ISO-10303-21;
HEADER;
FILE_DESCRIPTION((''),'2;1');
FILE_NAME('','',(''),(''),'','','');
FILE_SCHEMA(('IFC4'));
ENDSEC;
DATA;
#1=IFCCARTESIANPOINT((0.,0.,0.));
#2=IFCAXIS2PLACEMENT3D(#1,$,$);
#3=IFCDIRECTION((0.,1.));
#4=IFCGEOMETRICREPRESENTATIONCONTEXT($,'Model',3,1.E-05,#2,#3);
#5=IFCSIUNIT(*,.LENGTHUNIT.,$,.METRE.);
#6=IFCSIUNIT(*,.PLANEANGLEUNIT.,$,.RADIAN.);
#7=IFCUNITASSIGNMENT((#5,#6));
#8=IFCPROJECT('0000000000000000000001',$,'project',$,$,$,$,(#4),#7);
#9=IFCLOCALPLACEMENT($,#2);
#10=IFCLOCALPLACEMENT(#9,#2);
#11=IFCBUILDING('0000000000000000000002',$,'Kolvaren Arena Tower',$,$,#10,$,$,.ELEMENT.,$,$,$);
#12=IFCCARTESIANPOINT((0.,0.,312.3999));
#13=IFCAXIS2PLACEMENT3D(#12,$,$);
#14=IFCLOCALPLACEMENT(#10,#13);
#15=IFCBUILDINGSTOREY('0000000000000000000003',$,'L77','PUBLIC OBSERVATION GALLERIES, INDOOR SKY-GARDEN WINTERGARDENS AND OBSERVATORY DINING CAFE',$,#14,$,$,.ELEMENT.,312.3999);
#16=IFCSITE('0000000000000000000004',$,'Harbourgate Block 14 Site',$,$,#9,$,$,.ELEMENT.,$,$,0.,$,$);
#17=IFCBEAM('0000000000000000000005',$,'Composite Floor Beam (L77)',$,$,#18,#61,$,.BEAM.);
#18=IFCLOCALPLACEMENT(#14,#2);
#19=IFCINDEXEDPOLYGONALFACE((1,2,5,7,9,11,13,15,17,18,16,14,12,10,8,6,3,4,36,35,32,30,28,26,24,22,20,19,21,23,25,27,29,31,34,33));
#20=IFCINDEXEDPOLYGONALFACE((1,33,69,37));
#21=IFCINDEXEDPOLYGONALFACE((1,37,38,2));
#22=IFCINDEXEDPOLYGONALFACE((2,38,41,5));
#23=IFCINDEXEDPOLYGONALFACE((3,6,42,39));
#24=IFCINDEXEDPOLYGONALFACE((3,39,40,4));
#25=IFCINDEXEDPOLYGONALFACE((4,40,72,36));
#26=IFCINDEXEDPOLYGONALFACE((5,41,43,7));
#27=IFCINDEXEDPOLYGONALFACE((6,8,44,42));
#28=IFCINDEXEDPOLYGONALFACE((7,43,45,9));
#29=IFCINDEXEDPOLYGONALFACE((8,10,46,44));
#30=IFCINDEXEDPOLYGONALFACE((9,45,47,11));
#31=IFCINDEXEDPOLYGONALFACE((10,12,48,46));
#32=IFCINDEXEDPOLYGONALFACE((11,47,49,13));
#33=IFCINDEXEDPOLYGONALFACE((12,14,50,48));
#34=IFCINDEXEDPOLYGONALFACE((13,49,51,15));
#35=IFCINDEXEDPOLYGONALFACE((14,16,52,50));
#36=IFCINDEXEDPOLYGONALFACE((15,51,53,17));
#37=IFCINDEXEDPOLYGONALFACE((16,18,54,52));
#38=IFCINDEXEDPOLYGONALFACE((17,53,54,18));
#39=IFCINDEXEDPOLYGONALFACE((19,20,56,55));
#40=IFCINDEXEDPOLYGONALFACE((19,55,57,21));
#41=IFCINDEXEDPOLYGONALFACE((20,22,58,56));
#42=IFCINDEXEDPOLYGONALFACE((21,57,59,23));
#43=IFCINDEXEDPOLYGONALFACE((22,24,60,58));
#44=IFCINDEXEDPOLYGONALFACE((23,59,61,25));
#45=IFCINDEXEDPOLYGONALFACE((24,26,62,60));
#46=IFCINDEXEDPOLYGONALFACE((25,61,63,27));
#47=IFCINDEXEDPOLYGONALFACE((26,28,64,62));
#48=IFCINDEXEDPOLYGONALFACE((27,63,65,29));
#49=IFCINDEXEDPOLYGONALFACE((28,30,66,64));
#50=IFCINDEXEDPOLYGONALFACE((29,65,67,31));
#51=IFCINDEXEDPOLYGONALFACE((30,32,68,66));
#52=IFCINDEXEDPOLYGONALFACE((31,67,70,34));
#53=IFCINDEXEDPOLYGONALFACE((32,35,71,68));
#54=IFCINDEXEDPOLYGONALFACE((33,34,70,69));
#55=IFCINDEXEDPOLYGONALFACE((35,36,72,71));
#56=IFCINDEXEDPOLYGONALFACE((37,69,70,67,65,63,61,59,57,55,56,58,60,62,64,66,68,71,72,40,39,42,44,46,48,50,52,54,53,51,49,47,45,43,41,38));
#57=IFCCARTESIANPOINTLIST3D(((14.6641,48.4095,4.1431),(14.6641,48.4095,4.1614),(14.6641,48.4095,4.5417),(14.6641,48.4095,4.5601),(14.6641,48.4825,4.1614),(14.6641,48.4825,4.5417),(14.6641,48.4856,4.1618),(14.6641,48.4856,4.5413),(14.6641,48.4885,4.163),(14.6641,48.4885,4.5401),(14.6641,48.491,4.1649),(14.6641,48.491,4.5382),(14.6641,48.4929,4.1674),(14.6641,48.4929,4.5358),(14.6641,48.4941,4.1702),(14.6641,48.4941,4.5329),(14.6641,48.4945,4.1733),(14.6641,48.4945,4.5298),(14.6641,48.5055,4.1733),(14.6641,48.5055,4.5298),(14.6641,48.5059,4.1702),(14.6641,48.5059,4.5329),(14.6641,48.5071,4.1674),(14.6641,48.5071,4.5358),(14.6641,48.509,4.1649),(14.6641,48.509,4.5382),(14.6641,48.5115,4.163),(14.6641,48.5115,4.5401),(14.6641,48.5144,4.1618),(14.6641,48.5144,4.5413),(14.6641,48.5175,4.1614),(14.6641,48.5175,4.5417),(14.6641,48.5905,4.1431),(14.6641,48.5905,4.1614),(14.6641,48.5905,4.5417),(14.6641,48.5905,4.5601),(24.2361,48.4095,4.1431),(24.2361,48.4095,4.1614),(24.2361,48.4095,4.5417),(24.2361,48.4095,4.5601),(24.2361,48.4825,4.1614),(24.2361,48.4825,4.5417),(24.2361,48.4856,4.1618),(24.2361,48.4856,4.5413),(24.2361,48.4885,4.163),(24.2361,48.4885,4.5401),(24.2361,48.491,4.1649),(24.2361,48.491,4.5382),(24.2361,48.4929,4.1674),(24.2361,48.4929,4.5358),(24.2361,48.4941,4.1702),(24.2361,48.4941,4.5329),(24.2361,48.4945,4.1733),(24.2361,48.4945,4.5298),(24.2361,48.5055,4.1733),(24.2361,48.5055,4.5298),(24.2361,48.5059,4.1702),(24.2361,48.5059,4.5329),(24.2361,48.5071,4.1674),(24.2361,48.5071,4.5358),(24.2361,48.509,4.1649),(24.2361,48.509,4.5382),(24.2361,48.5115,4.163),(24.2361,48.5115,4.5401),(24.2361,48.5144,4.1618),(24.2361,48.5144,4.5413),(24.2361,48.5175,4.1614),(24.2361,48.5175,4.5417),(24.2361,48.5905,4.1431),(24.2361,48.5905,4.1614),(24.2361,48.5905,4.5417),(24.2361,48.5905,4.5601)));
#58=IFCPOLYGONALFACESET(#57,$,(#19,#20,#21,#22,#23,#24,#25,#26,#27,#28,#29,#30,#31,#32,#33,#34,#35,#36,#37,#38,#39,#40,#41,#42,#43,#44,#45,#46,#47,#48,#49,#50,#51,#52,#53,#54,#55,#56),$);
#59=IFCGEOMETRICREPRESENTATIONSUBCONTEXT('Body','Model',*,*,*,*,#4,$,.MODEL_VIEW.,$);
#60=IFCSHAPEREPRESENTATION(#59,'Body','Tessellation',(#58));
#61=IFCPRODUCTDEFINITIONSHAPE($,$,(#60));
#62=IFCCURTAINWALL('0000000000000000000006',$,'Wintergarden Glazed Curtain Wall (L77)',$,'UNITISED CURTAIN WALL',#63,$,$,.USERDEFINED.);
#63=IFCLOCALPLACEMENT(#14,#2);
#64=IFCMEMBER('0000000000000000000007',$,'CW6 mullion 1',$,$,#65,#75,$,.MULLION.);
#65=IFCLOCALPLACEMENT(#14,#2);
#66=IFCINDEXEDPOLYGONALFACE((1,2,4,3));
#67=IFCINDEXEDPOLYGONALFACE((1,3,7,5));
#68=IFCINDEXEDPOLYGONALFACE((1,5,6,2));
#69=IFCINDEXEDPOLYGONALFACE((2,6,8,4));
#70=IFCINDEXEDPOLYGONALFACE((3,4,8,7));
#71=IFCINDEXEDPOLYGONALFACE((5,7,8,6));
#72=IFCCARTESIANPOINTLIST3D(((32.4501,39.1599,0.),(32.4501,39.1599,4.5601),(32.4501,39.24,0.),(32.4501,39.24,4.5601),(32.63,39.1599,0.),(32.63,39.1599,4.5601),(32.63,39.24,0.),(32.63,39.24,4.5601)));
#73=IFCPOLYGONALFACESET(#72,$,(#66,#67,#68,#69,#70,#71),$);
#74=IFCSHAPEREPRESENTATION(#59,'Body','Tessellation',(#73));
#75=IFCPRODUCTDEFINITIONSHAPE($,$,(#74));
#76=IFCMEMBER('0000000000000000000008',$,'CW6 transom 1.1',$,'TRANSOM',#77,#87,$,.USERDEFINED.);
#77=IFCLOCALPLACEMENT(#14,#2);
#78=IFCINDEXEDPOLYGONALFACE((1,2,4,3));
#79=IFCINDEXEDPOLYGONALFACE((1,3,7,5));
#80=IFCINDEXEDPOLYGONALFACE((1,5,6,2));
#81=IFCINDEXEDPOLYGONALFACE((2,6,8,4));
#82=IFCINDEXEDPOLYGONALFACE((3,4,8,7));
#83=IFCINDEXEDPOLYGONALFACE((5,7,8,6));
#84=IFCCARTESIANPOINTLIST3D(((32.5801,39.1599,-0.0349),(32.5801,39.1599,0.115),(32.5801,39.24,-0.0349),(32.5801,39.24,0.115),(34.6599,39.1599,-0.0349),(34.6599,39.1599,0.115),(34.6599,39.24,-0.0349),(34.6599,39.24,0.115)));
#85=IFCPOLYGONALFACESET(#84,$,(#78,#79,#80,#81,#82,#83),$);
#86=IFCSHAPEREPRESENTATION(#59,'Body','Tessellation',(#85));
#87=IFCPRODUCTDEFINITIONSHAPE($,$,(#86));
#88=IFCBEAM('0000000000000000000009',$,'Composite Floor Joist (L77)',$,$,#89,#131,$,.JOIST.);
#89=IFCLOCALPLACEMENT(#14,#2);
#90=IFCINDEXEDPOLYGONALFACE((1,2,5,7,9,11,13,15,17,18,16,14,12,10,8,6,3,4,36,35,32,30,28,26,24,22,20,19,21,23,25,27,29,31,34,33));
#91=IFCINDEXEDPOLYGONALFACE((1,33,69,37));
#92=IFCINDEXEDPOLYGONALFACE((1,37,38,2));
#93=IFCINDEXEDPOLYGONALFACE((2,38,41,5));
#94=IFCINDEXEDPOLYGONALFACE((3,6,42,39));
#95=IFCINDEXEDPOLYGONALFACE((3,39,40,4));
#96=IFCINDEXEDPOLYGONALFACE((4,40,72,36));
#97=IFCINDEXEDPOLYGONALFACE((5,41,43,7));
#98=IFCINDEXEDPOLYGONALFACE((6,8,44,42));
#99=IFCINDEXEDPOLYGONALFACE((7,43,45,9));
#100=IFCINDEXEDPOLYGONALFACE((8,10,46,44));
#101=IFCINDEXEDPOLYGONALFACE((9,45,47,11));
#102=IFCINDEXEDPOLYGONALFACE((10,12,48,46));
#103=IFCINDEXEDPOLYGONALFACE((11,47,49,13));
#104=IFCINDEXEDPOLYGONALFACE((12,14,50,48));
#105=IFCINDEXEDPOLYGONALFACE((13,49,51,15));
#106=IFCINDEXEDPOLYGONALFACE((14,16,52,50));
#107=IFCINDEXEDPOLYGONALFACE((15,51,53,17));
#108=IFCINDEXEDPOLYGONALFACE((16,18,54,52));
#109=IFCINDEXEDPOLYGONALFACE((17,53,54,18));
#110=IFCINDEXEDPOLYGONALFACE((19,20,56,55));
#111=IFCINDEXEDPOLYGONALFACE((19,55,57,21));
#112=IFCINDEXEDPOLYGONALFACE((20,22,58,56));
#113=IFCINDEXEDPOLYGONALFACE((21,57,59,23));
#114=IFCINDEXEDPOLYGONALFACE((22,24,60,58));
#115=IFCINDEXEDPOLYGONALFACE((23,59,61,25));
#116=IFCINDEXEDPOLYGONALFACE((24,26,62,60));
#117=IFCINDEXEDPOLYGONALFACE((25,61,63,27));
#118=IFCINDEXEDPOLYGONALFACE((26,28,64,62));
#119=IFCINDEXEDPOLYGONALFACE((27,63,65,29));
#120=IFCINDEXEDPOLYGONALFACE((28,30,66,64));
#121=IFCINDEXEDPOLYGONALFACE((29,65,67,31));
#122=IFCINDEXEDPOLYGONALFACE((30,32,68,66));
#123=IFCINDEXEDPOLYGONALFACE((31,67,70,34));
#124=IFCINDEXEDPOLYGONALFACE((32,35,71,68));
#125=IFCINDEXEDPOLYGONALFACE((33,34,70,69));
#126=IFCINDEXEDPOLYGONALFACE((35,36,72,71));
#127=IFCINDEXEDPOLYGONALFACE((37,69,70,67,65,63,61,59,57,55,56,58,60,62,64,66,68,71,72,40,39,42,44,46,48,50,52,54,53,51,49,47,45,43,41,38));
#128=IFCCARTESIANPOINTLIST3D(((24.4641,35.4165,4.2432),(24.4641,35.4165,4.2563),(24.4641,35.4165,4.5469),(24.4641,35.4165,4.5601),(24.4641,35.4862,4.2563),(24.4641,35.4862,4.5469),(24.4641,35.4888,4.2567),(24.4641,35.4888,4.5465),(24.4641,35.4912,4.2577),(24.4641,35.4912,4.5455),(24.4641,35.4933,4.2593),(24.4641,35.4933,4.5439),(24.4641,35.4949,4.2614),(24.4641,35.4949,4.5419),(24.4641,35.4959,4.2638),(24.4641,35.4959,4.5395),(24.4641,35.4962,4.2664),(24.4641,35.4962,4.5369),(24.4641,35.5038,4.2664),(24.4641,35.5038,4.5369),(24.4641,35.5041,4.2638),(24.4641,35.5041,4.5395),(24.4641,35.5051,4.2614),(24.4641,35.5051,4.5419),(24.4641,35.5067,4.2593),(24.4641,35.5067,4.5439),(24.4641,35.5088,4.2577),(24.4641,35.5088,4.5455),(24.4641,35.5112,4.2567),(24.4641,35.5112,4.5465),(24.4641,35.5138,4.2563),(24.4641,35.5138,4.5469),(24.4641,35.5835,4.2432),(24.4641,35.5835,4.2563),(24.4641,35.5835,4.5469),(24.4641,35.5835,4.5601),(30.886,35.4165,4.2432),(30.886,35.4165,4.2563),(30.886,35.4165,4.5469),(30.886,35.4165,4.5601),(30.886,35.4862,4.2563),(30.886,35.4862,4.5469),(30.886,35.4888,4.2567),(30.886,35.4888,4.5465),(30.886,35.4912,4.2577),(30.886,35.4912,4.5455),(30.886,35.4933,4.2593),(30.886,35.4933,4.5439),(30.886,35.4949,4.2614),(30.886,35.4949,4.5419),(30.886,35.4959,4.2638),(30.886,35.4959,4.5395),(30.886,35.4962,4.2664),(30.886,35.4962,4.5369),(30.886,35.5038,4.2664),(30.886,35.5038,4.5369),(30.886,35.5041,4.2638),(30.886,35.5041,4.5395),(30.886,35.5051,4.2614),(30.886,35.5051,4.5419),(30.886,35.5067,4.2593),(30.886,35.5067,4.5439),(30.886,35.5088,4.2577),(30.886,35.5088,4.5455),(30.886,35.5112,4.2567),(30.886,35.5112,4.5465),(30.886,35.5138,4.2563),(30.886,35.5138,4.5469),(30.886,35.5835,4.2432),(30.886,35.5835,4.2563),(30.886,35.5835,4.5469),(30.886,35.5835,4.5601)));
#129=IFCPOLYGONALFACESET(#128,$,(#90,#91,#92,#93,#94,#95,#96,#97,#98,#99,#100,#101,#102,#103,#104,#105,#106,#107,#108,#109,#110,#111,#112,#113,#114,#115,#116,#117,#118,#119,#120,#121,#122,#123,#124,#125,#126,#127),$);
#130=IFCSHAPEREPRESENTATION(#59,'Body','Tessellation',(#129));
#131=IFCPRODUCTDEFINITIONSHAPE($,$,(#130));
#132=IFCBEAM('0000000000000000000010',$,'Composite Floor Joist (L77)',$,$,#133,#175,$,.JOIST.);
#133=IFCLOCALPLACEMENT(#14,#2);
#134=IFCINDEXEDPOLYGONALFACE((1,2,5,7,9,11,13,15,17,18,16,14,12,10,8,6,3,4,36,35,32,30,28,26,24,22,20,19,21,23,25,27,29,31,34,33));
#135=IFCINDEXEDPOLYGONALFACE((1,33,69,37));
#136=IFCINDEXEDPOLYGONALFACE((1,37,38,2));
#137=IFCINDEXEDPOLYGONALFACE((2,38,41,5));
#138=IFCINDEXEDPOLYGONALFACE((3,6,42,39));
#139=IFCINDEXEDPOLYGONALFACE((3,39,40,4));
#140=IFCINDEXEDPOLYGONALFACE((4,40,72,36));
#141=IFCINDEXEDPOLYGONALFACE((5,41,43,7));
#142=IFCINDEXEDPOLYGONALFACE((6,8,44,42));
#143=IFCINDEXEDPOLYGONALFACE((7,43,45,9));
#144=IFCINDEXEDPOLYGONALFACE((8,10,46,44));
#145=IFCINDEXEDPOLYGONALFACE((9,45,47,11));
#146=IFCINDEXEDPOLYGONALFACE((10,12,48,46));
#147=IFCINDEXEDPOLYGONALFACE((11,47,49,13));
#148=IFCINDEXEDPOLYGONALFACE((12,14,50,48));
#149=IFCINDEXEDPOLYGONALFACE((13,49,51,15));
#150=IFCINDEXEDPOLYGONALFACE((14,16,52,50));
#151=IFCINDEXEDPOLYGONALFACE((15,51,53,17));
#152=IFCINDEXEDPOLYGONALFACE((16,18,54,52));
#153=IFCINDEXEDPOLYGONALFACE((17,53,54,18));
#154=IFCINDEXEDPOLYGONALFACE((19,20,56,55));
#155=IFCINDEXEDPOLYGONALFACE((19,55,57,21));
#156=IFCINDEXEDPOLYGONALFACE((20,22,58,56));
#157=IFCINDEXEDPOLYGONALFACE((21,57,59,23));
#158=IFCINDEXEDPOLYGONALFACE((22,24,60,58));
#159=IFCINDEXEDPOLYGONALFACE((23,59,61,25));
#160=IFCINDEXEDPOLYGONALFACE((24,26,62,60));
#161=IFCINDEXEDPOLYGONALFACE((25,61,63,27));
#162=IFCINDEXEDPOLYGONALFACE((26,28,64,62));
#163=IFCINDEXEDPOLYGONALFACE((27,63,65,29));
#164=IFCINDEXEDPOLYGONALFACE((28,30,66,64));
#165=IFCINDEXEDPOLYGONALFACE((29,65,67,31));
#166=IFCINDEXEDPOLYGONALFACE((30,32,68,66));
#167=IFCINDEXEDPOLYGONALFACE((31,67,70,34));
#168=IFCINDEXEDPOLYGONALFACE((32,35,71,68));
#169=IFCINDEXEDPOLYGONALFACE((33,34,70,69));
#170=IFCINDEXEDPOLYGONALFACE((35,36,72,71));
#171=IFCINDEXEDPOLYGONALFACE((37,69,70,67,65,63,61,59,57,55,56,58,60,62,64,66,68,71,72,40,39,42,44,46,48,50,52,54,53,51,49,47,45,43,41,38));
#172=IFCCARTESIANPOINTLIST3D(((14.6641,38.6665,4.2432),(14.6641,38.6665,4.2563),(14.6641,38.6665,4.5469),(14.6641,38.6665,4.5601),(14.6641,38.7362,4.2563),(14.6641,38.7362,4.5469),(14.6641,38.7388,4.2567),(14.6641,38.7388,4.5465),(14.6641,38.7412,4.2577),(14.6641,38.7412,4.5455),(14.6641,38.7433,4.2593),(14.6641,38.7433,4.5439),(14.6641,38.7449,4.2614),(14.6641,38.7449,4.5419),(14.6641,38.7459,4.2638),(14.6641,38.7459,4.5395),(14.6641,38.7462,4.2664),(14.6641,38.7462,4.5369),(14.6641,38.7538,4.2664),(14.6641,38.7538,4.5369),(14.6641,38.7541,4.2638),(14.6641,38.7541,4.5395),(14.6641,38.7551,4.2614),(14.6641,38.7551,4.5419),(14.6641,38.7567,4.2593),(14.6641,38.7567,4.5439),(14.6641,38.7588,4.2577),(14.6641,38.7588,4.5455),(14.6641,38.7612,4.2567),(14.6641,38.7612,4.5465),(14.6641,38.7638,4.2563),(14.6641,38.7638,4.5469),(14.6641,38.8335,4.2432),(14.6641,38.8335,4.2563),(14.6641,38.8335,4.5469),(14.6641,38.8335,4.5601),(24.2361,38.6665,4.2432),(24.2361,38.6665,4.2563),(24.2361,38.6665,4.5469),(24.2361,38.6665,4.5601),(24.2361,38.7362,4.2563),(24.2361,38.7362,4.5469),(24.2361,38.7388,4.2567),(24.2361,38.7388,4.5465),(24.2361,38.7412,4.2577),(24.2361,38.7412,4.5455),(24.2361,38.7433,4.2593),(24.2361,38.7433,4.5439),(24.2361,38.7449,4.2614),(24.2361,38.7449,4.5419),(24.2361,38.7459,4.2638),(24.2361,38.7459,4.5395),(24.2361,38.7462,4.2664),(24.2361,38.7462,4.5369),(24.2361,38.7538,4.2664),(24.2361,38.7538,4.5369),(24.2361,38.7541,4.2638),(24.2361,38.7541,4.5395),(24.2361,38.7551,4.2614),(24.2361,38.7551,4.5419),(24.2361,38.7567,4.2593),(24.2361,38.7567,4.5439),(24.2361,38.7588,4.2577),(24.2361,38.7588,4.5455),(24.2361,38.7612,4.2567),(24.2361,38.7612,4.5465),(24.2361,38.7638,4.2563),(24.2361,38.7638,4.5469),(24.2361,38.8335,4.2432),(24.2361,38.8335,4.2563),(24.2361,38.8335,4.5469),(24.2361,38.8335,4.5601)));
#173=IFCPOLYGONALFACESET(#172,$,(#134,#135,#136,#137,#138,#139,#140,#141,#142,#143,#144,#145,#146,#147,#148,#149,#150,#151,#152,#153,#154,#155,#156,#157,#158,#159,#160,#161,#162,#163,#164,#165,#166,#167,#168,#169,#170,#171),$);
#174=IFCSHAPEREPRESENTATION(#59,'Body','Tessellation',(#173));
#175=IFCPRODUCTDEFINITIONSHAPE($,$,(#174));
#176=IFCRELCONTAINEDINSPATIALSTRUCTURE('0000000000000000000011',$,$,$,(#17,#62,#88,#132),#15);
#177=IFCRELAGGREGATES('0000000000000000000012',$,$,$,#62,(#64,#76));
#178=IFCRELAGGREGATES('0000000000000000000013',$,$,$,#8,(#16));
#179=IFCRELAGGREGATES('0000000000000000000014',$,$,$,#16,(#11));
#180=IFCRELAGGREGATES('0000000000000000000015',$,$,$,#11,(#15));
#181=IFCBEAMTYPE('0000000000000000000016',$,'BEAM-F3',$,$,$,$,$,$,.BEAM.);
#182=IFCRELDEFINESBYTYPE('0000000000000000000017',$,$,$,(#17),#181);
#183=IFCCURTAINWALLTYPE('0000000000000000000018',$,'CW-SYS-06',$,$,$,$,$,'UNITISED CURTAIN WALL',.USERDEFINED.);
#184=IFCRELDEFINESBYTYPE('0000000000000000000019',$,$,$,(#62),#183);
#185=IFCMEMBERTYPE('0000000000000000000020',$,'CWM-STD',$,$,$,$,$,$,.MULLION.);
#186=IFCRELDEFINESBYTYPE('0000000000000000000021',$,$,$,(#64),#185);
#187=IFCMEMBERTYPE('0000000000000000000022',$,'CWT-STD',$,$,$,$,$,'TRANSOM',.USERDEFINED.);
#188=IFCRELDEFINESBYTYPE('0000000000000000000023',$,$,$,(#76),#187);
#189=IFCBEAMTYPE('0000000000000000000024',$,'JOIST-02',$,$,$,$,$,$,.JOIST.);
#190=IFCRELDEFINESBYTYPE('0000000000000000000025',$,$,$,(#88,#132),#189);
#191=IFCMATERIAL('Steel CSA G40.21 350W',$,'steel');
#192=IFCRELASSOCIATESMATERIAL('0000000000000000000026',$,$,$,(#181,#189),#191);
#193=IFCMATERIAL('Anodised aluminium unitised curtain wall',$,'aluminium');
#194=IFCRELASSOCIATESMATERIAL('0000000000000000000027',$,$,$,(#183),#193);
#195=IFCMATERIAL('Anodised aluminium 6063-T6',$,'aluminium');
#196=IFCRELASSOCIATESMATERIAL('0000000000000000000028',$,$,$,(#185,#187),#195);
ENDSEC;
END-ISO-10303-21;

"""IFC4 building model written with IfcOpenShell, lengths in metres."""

from ifc_helpers import new_model, si_unit, direction, frame, origin, origin_2d, place, context, subcontext, project, spatial, rectangle, i_section, extrude, material, material_profile, profile_set, type_object, element, aggregate, save


model = new_model("IFC4")

# Units and contexts
model_context = context("Model", 3, precision=1e-05, world=origin(), true_north=direction((0.0, 1.0)))
body_context = subcontext(model_context, "Body", "Model", "MODEL_VIEW")
ifc_project = project(units=[si_unit("LENGTHUNIT", "METRE"), si_unit("PLANEANGLEUNIT", "RADIAN")], contexts=[model_context])

# Site, building, storey
site_placement = place(None, origin())
site = spatial("IfcSite", under=ifc_project, at=site_placement, Name="Harbourgate Block 14 Site", CompositionType="ELEMENT", RefElevation=0.0)
building_placement = place(site_placement, origin())
building = spatial("IfcBuilding", under=site, at=building_placement, Name="Kolvaren Arena Tower", CompositionType="ELEMENT")
storey_placement = place(building_placement, frame((0.0, 0.0, 312.3999)))
storey = spatial("IfcBuildingStorey", under=building, at=storey_placement, Name="L77", Description="PUBLIC OBSERVATION GALLERIES, INDOOR SKY-GARDEN WINTERGARDENS AND OBSERVATORY DINING CAFE", CompositionType="ELEMENT", Elevation=312.3999)

# Beam
ifc_material_1 = material(Name="Steel CSA G40.21 350W", Category="steel")
ifc_material_profile_1 = material_profile(ifc_material_1, i_section(OverallWidth=0.1809, OverallDepth=0.417, WebThickness=0.011, FlangeThickness=0.0183, FilletRadius=0.012, at=origin_2d()), Name="W410x85")
ifc_profile_set_1 = profile_set([ifc_material_profile_1], Name="Steel CSA G40.21 350W")
beam_type_1 = type_object("IfcBeamType", Name="BEAM-F3", PredefinedType="BEAM", material=ifc_profile_set_1)
beam_1_placement = place(storey_placement, frame((14.6641, 48.5, 4.3516), z_axis=(1.0, 0.0, 0.0), x_axis=(0.0, 1.0, 0.0)))
element("IfcBeam", 1, at=beam_1_placement, inside=storey, type_object=beam_type_1, Name="Composite Floor Beam (L77)", PredefinedType="BEAM", context=body_context, shape_type="SweptSolid", body=[
    extrude(i_section(OverallWidth=0.1809, OverallDepth=0.417, WebThickness=0.011, FlangeThickness=0.0183, FilletRadius=0.012, at=origin_2d()), origin(), (0.0, 0.0, 1.0), 9.572),
])

# Curtain wall, members
ifc_material_2 = material(Name="Anodised aluminium unitised curtain wall", Category="aluminium")
curtain_wall_type = type_object("IfcCurtainWallType", Name="CW-SYS-06", ElementType="UNITISED CURTAIN WALL", PredefinedType="USERDEFINED", material=ifc_material_2)
curtain_wall_placement = place(storey_placement, origin())
curtain_wall = element("IfcCurtainWall", 2, at=curtain_wall_placement, inside=storey, type_object=curtain_wall_type, Name="Wintergarden Glazed Curtain Wall (L77)", ObjectType="UNITISED CURTAIN WALL", PredefinedType="USERDEFINED")
ifc_material_3 = material(Name="Anodised aluminium 6063-T6", Category="aluminium")
ifc_material_profile_2 = material_profile(ifc_material_3, rectangle(XDim=0.0801, YDim=0.1799, at=origin_2d()), Name="ALU-80x180")
ifc_profile_set_2 = profile_set([ifc_material_profile_2], Name="Anodised aluminium 6063-T6")
member_type_1 = type_object("IfcMemberType", Name="CWM-STD", PredefinedType="MULLION", material=ifc_profile_set_2)
member_1_placement = place(storey_placement, frame((32.54, 39.2, 0.0), z_axis=(0.0, 0.0, 1.0), x_axis=(0.0, 1.0, 0.0)))
member_1 = element("IfcMember", 3, at=member_1_placement, type_object=member_type_1, Name="CW6 mullion 1", PredefinedType="MULLION", context=body_context, shape_type="SweptSolid", body=[
    extrude(rectangle(XDim=0.0801, YDim=0.1799, at=origin_2d()), origin(), (0.0, 0.0, 1.0), 4.5601),
])
ifc_material_profile_3 = material_profile(ifc_material_3, rectangle(XDim=0.0801, YDim=0.1499, at=origin_2d()), Name="ALU-80x150")
ifc_profile_set_3 = profile_set([ifc_material_profile_3], Name="Anodised aluminium 6063-T6")
member_type_2 = type_object("IfcMemberType", Name="CWT-STD", ElementType="TRANSOM", PredefinedType="USERDEFINED", material=ifc_profile_set_3)
member_2_placement = place(storey_placement, frame((32.5801, 39.2, 0.04), z_axis=(1.0, 0.0, 0.0), x_axis=(0.0, 1.0, 0.0)))
member_2 = element("IfcMember", 4, at=member_2_placement, type_object=member_type_2, Name="CW6 transom 1.1", ObjectType="TRANSOM", PredefinedType="USERDEFINED", context=body_context, shape_type="SweptSolid", body=[
    extrude(rectangle(XDim=0.0801, YDim=0.1499, at=origin_2d()), origin(), (0.0, 0.0, 1.0), 2.0798),
])
aggregate(curtain_wall, [member_1, member_2])

# Beams
ifc_material_profile_4 = material_profile(ifc_material_1, i_section(OverallWidth=0.167, OverallDepth=0.3169, WebThickness=0.0076, FlangeThickness=0.0132, FilletRadius=0.01, at=origin_2d()), Name="W310x52")
ifc_profile_set_4 = profile_set([ifc_material_profile_4], Name="Steel CSA G40.21 350W")
beam_type_2 = type_object("IfcBeamType", Name="JOIST-02", PredefinedType="JOIST", material=ifc_profile_set_4)
beam_2_placement = place(storey_placement, frame((24.4641, 35.5, 4.4016), z_axis=(1.0, 0.0, 0.0), x_axis=(0.0, 1.0, 0.0)))
element("IfcBeam", 5, at=beam_2_placement, inside=storey, type_object=beam_type_2, Name="Composite Floor Joist (L77)", PredefinedType="JOIST", context=body_context, shape_type="SweptSolid", body=[
    extrude(i_section(OverallWidth=0.167, OverallDepth=0.3169, WebThickness=0.0076, FlangeThickness=0.0132, FilletRadius=0.01, at=origin_2d()), origin(), (0.0, 0.0, 1.0), 6.4219),
])
beam_3_placement = place(storey_placement, frame((14.6641, 38.75, 4.4016), z_axis=(1.0, 0.0, 0.0), x_axis=(0.0, 1.0, 0.0)))
element("IfcBeam", 6, at=beam_3_placement, inside=storey, type_object=beam_type_2, Name="Composite Floor Joist (L77)", PredefinedType="JOIST", context=body_context, shape_type="SweptSolid", body=[
    extrude(i_section(OverallWidth=0.167, OverallDepth=0.3169, WebThickness=0.0076, FlangeThickness=0.0132, FilletRadius=0.01, at=origin_2d()), origin(), (0.0, 0.0, 1.0), 9.572),
])

save(model, "model.ifc")
